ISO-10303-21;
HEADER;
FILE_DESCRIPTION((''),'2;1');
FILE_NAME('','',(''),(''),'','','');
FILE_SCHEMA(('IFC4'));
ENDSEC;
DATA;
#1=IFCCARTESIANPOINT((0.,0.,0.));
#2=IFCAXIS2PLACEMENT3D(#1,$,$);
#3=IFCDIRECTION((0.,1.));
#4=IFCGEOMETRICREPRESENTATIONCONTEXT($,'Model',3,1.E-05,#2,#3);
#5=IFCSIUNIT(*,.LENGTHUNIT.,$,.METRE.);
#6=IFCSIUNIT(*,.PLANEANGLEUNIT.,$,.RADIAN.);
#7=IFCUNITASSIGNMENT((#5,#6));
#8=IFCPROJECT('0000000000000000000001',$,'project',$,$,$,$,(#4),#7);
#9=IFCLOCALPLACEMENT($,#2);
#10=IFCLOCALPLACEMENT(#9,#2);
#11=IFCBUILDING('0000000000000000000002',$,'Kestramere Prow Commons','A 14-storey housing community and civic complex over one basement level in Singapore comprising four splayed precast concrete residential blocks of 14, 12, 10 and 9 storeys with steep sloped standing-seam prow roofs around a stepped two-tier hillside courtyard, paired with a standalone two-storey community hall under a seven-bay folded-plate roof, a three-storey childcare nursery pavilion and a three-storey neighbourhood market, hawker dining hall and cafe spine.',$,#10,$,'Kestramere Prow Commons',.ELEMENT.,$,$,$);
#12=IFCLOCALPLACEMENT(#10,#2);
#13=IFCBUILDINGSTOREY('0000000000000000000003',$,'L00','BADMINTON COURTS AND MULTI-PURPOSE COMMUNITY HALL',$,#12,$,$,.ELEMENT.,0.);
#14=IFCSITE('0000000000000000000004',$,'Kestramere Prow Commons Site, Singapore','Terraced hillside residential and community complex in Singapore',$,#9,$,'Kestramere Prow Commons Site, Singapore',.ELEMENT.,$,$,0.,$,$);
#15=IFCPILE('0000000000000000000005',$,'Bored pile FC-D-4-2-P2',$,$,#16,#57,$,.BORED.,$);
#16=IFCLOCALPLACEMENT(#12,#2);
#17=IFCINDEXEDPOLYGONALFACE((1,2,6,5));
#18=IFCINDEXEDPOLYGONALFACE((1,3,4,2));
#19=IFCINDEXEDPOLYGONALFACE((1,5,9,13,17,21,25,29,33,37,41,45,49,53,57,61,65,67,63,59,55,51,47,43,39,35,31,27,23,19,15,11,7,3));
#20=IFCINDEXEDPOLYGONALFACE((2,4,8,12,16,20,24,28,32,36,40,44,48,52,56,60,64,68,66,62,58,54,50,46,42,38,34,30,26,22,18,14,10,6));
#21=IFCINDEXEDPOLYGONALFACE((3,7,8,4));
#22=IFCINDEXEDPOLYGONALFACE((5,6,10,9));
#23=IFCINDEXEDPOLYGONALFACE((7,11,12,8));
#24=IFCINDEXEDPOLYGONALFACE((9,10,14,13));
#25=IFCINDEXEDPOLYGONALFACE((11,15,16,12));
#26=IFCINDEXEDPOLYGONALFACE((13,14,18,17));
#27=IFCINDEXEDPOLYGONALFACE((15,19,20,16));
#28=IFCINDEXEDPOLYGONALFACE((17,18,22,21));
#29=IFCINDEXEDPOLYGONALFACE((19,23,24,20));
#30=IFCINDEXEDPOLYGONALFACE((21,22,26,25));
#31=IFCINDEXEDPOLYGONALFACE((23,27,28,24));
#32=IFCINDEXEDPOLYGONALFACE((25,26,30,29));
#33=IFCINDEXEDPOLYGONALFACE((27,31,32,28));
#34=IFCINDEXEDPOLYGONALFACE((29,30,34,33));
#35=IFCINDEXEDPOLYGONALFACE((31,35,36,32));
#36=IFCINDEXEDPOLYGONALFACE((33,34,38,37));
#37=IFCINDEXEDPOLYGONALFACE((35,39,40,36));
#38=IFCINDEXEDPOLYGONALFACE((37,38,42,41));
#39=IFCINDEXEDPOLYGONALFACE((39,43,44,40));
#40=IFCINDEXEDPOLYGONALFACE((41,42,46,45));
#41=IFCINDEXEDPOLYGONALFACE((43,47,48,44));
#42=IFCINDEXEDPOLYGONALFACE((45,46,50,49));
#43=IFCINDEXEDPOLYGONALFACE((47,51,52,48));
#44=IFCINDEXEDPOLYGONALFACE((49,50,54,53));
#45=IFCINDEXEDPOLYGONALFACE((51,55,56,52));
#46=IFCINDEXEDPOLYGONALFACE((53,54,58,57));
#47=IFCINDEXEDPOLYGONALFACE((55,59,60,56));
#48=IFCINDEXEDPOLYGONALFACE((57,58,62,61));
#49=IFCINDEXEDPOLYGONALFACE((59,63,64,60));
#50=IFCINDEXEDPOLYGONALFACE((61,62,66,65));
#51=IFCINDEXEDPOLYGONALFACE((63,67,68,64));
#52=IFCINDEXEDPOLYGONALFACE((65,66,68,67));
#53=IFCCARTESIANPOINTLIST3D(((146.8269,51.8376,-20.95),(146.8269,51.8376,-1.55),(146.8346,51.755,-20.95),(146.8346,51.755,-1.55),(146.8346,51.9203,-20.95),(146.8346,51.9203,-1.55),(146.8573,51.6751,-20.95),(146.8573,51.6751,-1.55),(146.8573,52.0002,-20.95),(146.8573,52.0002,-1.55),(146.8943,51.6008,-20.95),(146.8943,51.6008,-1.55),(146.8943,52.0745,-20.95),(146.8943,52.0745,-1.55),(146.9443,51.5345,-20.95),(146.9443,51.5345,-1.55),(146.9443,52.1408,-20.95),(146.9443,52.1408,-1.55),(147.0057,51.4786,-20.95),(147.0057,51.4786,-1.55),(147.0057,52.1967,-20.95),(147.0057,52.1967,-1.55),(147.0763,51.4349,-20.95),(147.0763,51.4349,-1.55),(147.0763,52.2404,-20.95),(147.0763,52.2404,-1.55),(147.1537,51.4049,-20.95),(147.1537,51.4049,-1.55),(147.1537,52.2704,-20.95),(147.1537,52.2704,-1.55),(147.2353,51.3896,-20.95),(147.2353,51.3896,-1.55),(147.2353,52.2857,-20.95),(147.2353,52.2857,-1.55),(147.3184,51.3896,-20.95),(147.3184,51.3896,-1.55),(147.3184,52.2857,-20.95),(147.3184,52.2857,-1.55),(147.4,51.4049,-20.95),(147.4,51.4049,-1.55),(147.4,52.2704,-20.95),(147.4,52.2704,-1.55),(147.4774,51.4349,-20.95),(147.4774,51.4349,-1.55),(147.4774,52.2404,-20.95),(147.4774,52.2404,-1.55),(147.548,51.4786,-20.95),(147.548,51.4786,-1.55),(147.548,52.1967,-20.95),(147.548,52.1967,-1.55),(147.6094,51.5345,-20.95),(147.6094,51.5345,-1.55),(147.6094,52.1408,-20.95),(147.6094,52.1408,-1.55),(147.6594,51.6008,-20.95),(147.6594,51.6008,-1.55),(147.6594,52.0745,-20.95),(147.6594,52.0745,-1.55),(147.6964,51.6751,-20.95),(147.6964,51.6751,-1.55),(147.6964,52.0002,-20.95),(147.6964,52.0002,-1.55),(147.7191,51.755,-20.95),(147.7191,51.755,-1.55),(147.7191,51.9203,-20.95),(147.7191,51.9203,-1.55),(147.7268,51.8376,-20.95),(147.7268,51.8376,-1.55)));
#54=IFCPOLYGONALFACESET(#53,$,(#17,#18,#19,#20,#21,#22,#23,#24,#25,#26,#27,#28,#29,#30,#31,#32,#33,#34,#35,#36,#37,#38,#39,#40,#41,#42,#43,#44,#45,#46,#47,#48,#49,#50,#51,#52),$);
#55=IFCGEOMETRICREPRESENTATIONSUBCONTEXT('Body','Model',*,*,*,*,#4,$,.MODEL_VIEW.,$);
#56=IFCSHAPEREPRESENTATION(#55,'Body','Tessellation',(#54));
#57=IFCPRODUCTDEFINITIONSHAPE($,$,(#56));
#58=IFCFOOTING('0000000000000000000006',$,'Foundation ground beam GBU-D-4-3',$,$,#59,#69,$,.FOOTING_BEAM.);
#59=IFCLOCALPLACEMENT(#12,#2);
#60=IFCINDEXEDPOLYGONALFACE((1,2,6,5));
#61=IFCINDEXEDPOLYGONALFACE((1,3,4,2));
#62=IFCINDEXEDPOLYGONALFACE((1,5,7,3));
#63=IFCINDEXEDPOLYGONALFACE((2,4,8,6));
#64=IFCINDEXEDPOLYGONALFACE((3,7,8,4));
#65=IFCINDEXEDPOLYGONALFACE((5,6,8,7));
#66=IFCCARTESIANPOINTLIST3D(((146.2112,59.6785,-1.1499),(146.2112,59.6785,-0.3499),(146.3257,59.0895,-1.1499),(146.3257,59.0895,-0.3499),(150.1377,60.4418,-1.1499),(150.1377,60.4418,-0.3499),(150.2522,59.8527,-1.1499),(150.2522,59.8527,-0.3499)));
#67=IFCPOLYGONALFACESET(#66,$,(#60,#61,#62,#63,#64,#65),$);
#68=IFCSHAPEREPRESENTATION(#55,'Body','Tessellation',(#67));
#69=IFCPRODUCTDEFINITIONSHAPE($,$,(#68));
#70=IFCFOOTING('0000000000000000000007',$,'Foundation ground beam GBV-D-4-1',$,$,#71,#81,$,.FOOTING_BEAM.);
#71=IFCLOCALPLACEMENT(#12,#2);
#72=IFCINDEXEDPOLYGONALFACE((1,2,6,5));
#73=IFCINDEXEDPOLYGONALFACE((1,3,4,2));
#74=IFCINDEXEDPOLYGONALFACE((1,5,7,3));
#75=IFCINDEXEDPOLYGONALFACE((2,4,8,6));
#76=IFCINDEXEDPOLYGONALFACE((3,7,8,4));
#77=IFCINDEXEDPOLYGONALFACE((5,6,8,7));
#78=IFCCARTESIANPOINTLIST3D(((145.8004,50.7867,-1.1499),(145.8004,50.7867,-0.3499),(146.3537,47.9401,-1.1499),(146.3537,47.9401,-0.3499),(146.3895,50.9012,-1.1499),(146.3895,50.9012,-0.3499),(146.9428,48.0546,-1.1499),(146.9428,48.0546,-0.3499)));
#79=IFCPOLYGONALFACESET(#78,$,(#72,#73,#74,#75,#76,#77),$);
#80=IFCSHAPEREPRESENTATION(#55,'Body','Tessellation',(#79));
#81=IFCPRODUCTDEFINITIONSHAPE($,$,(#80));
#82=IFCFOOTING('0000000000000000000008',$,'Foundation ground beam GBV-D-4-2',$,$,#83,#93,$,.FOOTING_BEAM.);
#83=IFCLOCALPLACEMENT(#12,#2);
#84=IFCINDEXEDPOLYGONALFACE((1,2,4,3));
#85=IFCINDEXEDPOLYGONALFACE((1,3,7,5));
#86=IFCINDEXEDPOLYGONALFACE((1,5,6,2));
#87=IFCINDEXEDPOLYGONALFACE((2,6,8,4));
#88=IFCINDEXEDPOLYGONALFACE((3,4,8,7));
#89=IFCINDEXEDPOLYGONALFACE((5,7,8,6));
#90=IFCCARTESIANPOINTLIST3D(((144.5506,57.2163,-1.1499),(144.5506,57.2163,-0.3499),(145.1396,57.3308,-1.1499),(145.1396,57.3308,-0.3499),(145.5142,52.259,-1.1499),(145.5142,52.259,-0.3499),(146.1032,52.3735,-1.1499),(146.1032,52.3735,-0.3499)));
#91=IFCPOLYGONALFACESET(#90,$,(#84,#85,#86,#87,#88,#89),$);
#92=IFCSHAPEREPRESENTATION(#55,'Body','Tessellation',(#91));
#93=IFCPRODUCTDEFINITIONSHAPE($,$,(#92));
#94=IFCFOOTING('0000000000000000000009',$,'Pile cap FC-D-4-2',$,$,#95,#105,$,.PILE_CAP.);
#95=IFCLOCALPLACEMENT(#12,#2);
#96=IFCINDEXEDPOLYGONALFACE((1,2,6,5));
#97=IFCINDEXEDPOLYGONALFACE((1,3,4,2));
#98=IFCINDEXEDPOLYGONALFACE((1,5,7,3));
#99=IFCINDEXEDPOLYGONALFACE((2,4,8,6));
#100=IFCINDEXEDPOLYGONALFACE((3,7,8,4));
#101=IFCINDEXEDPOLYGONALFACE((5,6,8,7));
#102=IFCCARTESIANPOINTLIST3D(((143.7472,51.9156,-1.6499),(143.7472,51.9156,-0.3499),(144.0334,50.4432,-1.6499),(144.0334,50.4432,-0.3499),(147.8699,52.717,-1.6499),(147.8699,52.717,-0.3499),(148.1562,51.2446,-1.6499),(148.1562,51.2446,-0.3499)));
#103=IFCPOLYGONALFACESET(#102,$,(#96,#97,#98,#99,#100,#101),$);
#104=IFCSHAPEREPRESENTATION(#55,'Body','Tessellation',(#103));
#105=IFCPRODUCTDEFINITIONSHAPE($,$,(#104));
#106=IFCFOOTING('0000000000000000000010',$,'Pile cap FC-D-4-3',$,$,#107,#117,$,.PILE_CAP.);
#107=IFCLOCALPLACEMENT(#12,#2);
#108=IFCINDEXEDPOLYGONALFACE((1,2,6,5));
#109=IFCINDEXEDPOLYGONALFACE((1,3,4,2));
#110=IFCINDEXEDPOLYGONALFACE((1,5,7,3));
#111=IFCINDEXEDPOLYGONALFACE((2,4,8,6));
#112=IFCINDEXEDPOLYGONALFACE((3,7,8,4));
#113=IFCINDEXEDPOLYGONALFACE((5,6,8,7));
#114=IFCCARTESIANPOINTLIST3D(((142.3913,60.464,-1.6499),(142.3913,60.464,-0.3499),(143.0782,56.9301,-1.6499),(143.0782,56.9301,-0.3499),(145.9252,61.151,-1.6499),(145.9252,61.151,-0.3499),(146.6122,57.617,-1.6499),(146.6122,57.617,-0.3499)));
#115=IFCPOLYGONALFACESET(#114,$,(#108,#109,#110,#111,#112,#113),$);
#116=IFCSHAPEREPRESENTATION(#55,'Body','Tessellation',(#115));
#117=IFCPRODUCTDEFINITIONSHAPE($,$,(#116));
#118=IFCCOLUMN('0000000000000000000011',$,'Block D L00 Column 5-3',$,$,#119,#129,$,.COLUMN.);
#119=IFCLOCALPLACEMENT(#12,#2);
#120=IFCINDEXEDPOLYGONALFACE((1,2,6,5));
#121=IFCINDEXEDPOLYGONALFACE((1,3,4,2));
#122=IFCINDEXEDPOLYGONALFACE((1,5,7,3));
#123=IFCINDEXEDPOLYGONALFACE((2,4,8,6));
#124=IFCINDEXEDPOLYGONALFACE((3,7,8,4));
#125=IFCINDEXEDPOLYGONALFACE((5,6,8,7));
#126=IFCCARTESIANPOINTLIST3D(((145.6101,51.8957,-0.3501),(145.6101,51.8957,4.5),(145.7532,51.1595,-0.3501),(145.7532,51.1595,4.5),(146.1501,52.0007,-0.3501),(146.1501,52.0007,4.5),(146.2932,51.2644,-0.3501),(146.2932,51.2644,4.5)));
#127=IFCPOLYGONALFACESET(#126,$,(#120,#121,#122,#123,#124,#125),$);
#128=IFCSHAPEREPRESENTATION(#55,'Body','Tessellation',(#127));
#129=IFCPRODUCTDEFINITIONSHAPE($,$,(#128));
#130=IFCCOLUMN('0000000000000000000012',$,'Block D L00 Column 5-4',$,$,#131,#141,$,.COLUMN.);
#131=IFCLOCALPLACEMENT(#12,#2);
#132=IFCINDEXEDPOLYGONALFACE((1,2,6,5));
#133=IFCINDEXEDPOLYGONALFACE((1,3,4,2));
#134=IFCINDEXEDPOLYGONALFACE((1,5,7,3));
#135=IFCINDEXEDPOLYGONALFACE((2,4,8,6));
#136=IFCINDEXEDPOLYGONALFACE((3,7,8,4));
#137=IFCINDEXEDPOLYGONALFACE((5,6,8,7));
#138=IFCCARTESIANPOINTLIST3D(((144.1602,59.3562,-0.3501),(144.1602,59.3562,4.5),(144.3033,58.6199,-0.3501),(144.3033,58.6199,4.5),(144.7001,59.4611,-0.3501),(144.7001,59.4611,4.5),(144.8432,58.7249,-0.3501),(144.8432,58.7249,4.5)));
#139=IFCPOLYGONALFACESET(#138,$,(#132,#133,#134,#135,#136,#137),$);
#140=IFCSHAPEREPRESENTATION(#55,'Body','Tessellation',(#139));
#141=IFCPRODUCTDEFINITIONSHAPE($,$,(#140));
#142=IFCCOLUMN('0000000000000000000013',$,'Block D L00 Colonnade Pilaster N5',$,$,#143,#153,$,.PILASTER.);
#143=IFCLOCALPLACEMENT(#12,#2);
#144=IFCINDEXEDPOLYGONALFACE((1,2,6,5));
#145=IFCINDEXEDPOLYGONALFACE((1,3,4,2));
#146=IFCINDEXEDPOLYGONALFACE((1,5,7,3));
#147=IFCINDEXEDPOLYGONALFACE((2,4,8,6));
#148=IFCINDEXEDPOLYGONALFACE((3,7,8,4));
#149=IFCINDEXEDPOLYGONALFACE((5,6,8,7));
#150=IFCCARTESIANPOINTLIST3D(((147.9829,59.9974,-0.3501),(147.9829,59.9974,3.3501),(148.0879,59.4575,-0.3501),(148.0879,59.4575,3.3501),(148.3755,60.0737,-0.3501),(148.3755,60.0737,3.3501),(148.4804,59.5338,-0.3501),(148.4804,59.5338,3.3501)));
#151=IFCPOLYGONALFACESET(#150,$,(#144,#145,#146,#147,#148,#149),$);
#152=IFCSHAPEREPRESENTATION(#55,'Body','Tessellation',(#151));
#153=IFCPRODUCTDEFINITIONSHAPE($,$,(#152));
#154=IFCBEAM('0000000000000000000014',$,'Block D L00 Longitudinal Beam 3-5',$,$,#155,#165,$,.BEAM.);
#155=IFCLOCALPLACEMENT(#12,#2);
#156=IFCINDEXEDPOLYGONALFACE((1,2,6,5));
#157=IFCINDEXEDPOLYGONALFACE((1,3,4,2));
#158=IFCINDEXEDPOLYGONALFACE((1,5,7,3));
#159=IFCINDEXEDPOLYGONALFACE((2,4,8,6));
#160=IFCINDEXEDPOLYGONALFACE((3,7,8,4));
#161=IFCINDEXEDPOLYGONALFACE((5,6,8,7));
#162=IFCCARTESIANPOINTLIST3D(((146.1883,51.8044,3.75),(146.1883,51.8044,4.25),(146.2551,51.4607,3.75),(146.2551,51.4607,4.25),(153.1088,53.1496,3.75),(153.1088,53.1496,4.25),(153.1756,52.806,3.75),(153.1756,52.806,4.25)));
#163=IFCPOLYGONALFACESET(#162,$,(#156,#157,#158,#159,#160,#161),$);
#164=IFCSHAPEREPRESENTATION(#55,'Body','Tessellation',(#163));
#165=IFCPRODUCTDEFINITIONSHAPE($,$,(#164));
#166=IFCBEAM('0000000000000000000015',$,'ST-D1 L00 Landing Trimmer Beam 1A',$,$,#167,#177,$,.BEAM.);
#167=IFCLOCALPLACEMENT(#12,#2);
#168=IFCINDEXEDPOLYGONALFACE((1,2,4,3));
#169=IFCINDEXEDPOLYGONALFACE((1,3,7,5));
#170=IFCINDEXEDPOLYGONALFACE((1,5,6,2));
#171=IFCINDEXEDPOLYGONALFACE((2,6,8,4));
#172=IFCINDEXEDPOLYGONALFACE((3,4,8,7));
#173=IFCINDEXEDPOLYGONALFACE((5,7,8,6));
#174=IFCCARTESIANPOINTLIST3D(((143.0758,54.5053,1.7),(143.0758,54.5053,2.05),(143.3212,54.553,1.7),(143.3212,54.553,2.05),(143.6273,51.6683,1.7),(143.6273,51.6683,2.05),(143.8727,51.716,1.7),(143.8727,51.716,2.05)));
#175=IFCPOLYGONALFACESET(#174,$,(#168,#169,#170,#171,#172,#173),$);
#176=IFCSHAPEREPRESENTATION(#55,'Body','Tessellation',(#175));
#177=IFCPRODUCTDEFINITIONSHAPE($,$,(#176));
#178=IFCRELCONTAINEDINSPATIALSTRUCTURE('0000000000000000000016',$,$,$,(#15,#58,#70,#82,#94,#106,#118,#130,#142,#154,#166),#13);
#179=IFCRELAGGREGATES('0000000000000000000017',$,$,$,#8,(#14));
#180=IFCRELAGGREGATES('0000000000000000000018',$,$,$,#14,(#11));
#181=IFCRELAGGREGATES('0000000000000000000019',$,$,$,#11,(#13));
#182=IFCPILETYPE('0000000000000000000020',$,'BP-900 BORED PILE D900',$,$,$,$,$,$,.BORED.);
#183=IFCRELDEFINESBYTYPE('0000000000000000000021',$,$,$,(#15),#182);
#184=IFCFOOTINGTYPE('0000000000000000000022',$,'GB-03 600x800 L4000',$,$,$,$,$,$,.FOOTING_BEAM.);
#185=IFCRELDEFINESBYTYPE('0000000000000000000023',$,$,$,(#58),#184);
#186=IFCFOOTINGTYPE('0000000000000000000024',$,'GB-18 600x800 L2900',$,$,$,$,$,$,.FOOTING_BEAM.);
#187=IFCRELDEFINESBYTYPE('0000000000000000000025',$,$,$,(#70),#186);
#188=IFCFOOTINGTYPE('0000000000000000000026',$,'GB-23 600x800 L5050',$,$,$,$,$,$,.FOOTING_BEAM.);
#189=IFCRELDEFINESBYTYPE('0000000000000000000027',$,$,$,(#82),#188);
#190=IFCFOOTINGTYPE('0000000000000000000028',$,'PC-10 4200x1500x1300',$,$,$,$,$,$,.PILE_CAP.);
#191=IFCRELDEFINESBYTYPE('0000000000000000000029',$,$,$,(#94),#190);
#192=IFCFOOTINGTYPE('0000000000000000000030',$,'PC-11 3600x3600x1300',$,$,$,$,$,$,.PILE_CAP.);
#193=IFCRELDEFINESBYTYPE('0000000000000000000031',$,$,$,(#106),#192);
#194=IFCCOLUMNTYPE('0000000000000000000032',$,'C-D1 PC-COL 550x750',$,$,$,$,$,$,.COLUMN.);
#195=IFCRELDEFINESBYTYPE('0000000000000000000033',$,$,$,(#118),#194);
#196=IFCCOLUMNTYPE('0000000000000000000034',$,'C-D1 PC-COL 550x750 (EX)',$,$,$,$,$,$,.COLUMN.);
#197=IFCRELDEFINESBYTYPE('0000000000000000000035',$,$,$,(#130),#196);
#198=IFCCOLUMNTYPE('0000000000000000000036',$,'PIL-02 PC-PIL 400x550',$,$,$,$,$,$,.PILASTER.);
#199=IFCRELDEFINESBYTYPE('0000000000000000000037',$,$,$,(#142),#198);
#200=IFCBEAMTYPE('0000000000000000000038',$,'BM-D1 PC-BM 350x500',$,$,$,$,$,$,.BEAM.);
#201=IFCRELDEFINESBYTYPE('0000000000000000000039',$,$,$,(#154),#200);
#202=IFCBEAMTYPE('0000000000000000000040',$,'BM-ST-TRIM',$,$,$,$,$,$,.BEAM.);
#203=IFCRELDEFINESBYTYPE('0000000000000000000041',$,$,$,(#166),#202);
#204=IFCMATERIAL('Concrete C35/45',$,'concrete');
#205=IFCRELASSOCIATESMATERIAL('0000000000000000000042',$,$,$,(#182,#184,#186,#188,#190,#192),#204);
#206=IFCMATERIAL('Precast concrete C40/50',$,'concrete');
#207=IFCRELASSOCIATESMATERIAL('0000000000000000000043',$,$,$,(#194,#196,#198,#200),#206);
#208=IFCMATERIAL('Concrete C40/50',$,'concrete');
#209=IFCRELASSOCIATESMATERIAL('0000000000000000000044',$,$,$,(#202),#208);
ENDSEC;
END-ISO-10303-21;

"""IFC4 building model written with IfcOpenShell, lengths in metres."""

from ifc_helpers import new_model, si_unit, direction, frame, origin, origin_2d, place, context, subcontext, project, spatial, rectangle, circle, extrude, material, material_profile, profile_set, type_object, element, save


model = new_model("IFC4")

# Units and contexts
model_context = context("Model", 3, precision=1e-05, world=origin(), true_north=direction((0.0, 1.0)))
body_context = subcontext(model_context, "Body", "Model", "MODEL_VIEW")
ifc_project = project(units=[si_unit("LENGTHUNIT", "METRE"), si_unit("PLANEANGLEUNIT", "RADIAN")], contexts=[model_context])

# Site, building, storey
site_placement = place(None, origin())
site = spatial("IfcSite", under=ifc_project, at=site_placement, Name="Kestramere Prow Commons Site, Singapore", Description="Terraced hillside residential and community complex in Singapore", LongName="Kestramere Prow Commons Site, Singapore", CompositionType="ELEMENT", RefElevation=0.0)
building_placement = place(site_placement, origin())
building = spatial("IfcBuilding", under=site, at=building_placement, Name="Kestramere Prow Commons", Description="A 14-storey housing community and civic complex over one basement level in Singapore comprising four splayed precast concrete residential blocks of 14, 12, 10 and 9 storeys with steep sloped standing-seam prow roofs around a stepped two-tier hillside courtyard, paired with a standalone two-storey community hall under a seven-bay folded-plate roof, a three-storey childcare nursery pavilion and a three-storey neighbourhood market, hawker dining hall and cafe spine.", LongName="Kestramere Prow Commons", CompositionType="ELEMENT")
storey_placement = place(building_placement, origin())
storey = spatial("IfcBuildingStorey", under=building, at=storey_placement, Name="L00", Description="BADMINTON COURTS AND MULTI-PURPOSE COMMUNITY HALL", CompositionType="ELEMENT", Elevation=0.0)

# Pile
ifc_material_1 = material(Name="Concrete C35/45", Category="concrete")
ifc_material_profile_1 = material_profile(ifc_material_1, circle(Radius=0.45, at=origin_2d()), Name="BORED PILE D900")
ifc_profile_set_1 = profile_set([ifc_material_profile_1], Name="Concrete C35/45")
pile_type_1 = type_object("IfcPileType", Name="BP-900 BORED PILE D900", PredefinedType="BORED", material=ifc_profile_set_1)
for number, where, z_axis, x_axis, name in (
    (1, (147.2769, 51.8376, -1.55), (0.0, 0.0, -1.0), (1.0, 0.0, 0.0), "Bored pile FC-D-4-2-P2"),
):
    element("IfcPile", number, at=place(storey_placement, frame(where, z_axis=z_axis, x_axis=x_axis)), inside=storey, type_object=pile_type_1, Name=name, PredefinedType="BORED", context=body_context, shape_type="SweptSolid", body=[
        extrude(circle(Radius=0.45, at=origin_2d()), origin(), (0.0, 0.0, 1.0), 19.3999),
    ])

# Footings
footing_type_1 = type_object("IfcFootingType", Name="GB-03 600x800 L4000", PredefinedType="FOOTING_BEAM", material=ifc_material_1)
footing_1_placement = place(storey_placement, frame((148.2317, 59.7656, -1.1499), z_axis=(0.0, 0.0, 1.0), x_axis=(0.981627, 0.190809, 0.0)))
element("IfcFooting", 2, at=footing_1_placement, inside=storey, type_object=footing_type_1, Name="Foundation ground beam GBU-D-4-3", PredefinedType="FOOTING_BEAM", context=body_context, shape_type="SweptSolid", body=[
    extrude(rectangle(XDim=4.0, YDim=0.6001, at=origin_2d()), origin(), (0.0, 0.0, 1.0), 0.8),
])
footing_type_2 = type_object("IfcFootingType", Name="GB-18 600x800 L2900", PredefinedType="FOOTING_BEAM", material=ifc_material_1)
footing_2_placement = place(storey_placement, frame((146.3716, 49.4207, -1.1499), z_axis=(0.0, 0.0, 1.0), x_axis=(-0.190809, 0.981627, 0.0)))
element("IfcFooting", 3, at=footing_2_placement, inside=storey, type_object=footing_type_2, Name="Foundation ground beam GBV-D-4-1", PredefinedType="FOOTING_BEAM", context=body_context, shape_type="SweptSolid", body=[
    extrude(rectangle(XDim=2.8999, YDim=0.6001, at=origin_2d()), origin(), (0.0, 0.0, 1.0), 0.8),
])
footing_type_3 = type_object("IfcFootingType", Name="GB-23 600x800 L5050", PredefinedType="FOOTING_BEAM", material=ifc_material_1)
footing_3_placement = place(storey_placement, frame((145.3269, 54.7949, -1.1499), z_axis=(0.0, 0.0, 1.0), x_axis=(-0.190809, 0.981627, 0.0)))
element("IfcFooting", 4, at=footing_3_placement, inside=storey, type_object=footing_type_3, Name="Foundation ground beam GBV-D-4-2", PredefinedType="FOOTING_BEAM", context=body_context, shape_type="SweptSolid", body=[
    extrude(rectangle(XDim=5.05, YDim=0.6001, at=origin_2d()), origin(), (0.0, 0.0, 1.0), 0.8),
])
footing_type_4 = type_object("IfcFootingType", Name="PC-10 4200x1500x1300", PredefinedType="PILE_CAP", material=ifc_material_1)
footing_4_placement = place(storey_placement, frame((145.9517, 51.5801, -1.6499), z_axis=(0.0, 0.0, 1.0), x_axis=(0.981627, 0.190809, 0.0)))
element("IfcFooting", 5, at=footing_4_placement, inside=storey, type_object=footing_type_4, Name="Pile cap FC-D-4-2", PredefinedType="PILE_CAP", context=body_context, shape_type="SweptSolid", body=[
    extrude(rectangle(XDim=4.2, YDim=1.5, at=origin_2d()), origin(), (0.0, 0.0, 1.0), 1.3),
])
footing_type_5 = type_object("IfcFootingType", Name="PC-11 3600x3600x1300", PredefinedType="PILE_CAP", material=ifc_material_1)
footing_5_placement = place(storey_placement, frame((144.5017, 59.0405, -1.6499), z_axis=(0.0, 0.0, 1.0), x_axis=(0.981627, 0.190809, 0.0)))
element("IfcFooting", 6, at=footing_5_placement, inside=storey, type_object=footing_type_5, Name="Pile cap FC-D-4-3", PredefinedType="PILE_CAP", context=body_context, shape_type="SweptSolid", body=[
    extrude(rectangle(XDim=3.6001, YDim=3.6001, at=origin_2d()), origin(), (0.0, 0.0, 1.0), 1.3),
])

# Columns
ifc_material_2 = material(Name="Precast concrete C40/50", Category="concrete")
ifc_material_profile_2 = material_profile(ifc_material_2, rectangle(XDim=0.55, YDim=0.75, at=origin_2d()), Name="PC-COL 550x750")
ifc_profile_set_2 = profile_set([ifc_material_profile_2], Name="Precast concrete C40/50")
column_type_1 = type_object("IfcColumnType", Name="C-D1 PC-COL 550x750", PredefinedType="COLUMN", material=ifc_profile_set_2)
column_1_placement = place(storey_placement, frame((145.9517, 51.5801, -0.3501), z_axis=(0.0, 0.0, 1.0), x_axis=(0.981627, 0.190809, 0.0)))
element("IfcColumn", 7, at=column_1_placement, inside=storey, type_object=column_type_1, Name="Block D L00 Column 5-3", PredefinedType="COLUMN", context=body_context, shape_type="SweptSolid", body=[
    extrude(rectangle(XDim=0.55, YDim=0.75, at=origin_2d()), origin(), (0.0, 0.0, 1.0), 4.8501),
])
ifc_material_profile_3 = material_profile(ifc_material_2, rectangle(XDim=0.55, YDim=0.75, at=origin_2d()), Name="PC-COL 550x750")
ifc_profile_set_3 = profile_set([ifc_material_profile_3], Name="Precast concrete C40/50")
column_type_2 = type_object("IfcColumnType", Name="C-D1 PC-COL 550x750 (EX)", PredefinedType="COLUMN", material=ifc_profile_set_3)
column_2_placement = place(storey_placement, frame((144.5017, 59.0405, -0.3501), z_axis=(0.0, 0.0, 1.0), x_axis=(0.981627, 0.190809, 0.0)))
element("IfcColumn", 8, at=column_2_placement, inside=storey, type_object=column_type_2, Name="Block D L00 Column 5-4", PredefinedType="COLUMN", context=body_context, shape_type="SweptSolid", body=[
    extrude(rectangle(XDim=0.55, YDim=0.75, at=origin_2d()), origin(), (0.0, 0.0, 1.0), 4.8501),
])
ifc_material_profile_4 = material_profile(ifc_material_2, rectangle(XDim=0.3999, YDim=0.55, at=origin_2d()), Name="PC-PIL 400x550")
ifc_profile_set_4 = profile_set([ifc_material_profile_4], Name="Precast concrete C40/50")
column_type_3 = type_object("IfcColumnType", Name="PIL-02 PC-PIL 400x550", PredefinedType="PILASTER", material=ifc_profile_set_4)
column_3_placement = place(storey_placement, frame((148.2317, 59.7656, -0.3501), z_axis=(0.0, 0.0, 1.0), x_axis=(0.981627, 0.190809, 0.0)))
element("IfcColumn", 9, at=column_3_placement, inside=storey, type_object=column_type_3, Name="Block D L00 Colonnade Pilaster N5", PredefinedType="PILASTER", context=body_context, shape_type="SweptSolid", body=[
    extrude(rectangle(XDim=0.3999, YDim=0.55, at=origin_2d()), origin(), (0.0, 0.0, 1.0), 3.7002),
])

# Beams
ifc_material_profile_5 = material_profile(ifc_material_2, rectangle(XDim=0.3501, YDim=0.5, at=origin_2d()), Name="PC-BM 350x500")
ifc_profile_set_5 = profile_set([ifc_material_profile_5], Name="Precast concrete C40/50")
beam_type_1 = type_object("IfcBeamType", Name="BM-D1 PC-BM 350x500", PredefinedType="BEAM", material=ifc_profile_set_5)
beam_1_placement = place(storey_placement, frame((146.2217, 51.6326, 4.0), z_axis=(0.981627, 0.190812, 0.0), x_axis=(-0.190812, 0.981627, 0.0)))
element("IfcBeam", 10, at=beam_1_placement, inside=storey, type_object=beam_type_1, Name="Block D L00 Longitudinal Beam 3-5", PredefinedType="BEAM", context=body_context, shape_type="SweptSolid", body=[
    extrude(rectangle(XDim=0.3501, YDim=0.5, at=origin_2d()), origin(), (0.0, 0.0, 1.0), 7.05),
])
ifc_material_3 = material(Name="Concrete C40/50", Category="concrete")
ifc_material_profile_6 = material_profile(ifc_material_3, rectangle(XDim=0.25, YDim=0.3501, at=origin_2d()), Name="PC-BM 250x350")
ifc_profile_set_6 = profile_set([ifc_material_profile_6], Name="Concrete C40/50")
beam_type_2 = type_object("IfcBeamType", Name="BM-ST-TRIM", PredefinedType="BEAM", material=ifc_profile_set_6)
for number, where, z_axis, x_axis, name in (
    (11, (143.75, 51.6921, 1.875), (-0.190833, 0.981622, 0.0), (-0.981622, -0.190833, 0.0), "ST-D1 L00 Landing Trimmer Beam 1A"),
):
    element("IfcBeam", number, at=place(storey_placement, frame(where, z_axis=z_axis, x_axis=x_axis)), inside=storey, type_object=beam_type_2, Name=name, PredefinedType="BEAM", context=body_context, shape_type="SweptSolid", body=[
        extrude(rectangle(XDim=0.25, YDim=0.3501, at=origin_2d()), origin(), (0.0, 0.0, 1.0), 2.8901),
    ])

save(model, "model.ifc")
